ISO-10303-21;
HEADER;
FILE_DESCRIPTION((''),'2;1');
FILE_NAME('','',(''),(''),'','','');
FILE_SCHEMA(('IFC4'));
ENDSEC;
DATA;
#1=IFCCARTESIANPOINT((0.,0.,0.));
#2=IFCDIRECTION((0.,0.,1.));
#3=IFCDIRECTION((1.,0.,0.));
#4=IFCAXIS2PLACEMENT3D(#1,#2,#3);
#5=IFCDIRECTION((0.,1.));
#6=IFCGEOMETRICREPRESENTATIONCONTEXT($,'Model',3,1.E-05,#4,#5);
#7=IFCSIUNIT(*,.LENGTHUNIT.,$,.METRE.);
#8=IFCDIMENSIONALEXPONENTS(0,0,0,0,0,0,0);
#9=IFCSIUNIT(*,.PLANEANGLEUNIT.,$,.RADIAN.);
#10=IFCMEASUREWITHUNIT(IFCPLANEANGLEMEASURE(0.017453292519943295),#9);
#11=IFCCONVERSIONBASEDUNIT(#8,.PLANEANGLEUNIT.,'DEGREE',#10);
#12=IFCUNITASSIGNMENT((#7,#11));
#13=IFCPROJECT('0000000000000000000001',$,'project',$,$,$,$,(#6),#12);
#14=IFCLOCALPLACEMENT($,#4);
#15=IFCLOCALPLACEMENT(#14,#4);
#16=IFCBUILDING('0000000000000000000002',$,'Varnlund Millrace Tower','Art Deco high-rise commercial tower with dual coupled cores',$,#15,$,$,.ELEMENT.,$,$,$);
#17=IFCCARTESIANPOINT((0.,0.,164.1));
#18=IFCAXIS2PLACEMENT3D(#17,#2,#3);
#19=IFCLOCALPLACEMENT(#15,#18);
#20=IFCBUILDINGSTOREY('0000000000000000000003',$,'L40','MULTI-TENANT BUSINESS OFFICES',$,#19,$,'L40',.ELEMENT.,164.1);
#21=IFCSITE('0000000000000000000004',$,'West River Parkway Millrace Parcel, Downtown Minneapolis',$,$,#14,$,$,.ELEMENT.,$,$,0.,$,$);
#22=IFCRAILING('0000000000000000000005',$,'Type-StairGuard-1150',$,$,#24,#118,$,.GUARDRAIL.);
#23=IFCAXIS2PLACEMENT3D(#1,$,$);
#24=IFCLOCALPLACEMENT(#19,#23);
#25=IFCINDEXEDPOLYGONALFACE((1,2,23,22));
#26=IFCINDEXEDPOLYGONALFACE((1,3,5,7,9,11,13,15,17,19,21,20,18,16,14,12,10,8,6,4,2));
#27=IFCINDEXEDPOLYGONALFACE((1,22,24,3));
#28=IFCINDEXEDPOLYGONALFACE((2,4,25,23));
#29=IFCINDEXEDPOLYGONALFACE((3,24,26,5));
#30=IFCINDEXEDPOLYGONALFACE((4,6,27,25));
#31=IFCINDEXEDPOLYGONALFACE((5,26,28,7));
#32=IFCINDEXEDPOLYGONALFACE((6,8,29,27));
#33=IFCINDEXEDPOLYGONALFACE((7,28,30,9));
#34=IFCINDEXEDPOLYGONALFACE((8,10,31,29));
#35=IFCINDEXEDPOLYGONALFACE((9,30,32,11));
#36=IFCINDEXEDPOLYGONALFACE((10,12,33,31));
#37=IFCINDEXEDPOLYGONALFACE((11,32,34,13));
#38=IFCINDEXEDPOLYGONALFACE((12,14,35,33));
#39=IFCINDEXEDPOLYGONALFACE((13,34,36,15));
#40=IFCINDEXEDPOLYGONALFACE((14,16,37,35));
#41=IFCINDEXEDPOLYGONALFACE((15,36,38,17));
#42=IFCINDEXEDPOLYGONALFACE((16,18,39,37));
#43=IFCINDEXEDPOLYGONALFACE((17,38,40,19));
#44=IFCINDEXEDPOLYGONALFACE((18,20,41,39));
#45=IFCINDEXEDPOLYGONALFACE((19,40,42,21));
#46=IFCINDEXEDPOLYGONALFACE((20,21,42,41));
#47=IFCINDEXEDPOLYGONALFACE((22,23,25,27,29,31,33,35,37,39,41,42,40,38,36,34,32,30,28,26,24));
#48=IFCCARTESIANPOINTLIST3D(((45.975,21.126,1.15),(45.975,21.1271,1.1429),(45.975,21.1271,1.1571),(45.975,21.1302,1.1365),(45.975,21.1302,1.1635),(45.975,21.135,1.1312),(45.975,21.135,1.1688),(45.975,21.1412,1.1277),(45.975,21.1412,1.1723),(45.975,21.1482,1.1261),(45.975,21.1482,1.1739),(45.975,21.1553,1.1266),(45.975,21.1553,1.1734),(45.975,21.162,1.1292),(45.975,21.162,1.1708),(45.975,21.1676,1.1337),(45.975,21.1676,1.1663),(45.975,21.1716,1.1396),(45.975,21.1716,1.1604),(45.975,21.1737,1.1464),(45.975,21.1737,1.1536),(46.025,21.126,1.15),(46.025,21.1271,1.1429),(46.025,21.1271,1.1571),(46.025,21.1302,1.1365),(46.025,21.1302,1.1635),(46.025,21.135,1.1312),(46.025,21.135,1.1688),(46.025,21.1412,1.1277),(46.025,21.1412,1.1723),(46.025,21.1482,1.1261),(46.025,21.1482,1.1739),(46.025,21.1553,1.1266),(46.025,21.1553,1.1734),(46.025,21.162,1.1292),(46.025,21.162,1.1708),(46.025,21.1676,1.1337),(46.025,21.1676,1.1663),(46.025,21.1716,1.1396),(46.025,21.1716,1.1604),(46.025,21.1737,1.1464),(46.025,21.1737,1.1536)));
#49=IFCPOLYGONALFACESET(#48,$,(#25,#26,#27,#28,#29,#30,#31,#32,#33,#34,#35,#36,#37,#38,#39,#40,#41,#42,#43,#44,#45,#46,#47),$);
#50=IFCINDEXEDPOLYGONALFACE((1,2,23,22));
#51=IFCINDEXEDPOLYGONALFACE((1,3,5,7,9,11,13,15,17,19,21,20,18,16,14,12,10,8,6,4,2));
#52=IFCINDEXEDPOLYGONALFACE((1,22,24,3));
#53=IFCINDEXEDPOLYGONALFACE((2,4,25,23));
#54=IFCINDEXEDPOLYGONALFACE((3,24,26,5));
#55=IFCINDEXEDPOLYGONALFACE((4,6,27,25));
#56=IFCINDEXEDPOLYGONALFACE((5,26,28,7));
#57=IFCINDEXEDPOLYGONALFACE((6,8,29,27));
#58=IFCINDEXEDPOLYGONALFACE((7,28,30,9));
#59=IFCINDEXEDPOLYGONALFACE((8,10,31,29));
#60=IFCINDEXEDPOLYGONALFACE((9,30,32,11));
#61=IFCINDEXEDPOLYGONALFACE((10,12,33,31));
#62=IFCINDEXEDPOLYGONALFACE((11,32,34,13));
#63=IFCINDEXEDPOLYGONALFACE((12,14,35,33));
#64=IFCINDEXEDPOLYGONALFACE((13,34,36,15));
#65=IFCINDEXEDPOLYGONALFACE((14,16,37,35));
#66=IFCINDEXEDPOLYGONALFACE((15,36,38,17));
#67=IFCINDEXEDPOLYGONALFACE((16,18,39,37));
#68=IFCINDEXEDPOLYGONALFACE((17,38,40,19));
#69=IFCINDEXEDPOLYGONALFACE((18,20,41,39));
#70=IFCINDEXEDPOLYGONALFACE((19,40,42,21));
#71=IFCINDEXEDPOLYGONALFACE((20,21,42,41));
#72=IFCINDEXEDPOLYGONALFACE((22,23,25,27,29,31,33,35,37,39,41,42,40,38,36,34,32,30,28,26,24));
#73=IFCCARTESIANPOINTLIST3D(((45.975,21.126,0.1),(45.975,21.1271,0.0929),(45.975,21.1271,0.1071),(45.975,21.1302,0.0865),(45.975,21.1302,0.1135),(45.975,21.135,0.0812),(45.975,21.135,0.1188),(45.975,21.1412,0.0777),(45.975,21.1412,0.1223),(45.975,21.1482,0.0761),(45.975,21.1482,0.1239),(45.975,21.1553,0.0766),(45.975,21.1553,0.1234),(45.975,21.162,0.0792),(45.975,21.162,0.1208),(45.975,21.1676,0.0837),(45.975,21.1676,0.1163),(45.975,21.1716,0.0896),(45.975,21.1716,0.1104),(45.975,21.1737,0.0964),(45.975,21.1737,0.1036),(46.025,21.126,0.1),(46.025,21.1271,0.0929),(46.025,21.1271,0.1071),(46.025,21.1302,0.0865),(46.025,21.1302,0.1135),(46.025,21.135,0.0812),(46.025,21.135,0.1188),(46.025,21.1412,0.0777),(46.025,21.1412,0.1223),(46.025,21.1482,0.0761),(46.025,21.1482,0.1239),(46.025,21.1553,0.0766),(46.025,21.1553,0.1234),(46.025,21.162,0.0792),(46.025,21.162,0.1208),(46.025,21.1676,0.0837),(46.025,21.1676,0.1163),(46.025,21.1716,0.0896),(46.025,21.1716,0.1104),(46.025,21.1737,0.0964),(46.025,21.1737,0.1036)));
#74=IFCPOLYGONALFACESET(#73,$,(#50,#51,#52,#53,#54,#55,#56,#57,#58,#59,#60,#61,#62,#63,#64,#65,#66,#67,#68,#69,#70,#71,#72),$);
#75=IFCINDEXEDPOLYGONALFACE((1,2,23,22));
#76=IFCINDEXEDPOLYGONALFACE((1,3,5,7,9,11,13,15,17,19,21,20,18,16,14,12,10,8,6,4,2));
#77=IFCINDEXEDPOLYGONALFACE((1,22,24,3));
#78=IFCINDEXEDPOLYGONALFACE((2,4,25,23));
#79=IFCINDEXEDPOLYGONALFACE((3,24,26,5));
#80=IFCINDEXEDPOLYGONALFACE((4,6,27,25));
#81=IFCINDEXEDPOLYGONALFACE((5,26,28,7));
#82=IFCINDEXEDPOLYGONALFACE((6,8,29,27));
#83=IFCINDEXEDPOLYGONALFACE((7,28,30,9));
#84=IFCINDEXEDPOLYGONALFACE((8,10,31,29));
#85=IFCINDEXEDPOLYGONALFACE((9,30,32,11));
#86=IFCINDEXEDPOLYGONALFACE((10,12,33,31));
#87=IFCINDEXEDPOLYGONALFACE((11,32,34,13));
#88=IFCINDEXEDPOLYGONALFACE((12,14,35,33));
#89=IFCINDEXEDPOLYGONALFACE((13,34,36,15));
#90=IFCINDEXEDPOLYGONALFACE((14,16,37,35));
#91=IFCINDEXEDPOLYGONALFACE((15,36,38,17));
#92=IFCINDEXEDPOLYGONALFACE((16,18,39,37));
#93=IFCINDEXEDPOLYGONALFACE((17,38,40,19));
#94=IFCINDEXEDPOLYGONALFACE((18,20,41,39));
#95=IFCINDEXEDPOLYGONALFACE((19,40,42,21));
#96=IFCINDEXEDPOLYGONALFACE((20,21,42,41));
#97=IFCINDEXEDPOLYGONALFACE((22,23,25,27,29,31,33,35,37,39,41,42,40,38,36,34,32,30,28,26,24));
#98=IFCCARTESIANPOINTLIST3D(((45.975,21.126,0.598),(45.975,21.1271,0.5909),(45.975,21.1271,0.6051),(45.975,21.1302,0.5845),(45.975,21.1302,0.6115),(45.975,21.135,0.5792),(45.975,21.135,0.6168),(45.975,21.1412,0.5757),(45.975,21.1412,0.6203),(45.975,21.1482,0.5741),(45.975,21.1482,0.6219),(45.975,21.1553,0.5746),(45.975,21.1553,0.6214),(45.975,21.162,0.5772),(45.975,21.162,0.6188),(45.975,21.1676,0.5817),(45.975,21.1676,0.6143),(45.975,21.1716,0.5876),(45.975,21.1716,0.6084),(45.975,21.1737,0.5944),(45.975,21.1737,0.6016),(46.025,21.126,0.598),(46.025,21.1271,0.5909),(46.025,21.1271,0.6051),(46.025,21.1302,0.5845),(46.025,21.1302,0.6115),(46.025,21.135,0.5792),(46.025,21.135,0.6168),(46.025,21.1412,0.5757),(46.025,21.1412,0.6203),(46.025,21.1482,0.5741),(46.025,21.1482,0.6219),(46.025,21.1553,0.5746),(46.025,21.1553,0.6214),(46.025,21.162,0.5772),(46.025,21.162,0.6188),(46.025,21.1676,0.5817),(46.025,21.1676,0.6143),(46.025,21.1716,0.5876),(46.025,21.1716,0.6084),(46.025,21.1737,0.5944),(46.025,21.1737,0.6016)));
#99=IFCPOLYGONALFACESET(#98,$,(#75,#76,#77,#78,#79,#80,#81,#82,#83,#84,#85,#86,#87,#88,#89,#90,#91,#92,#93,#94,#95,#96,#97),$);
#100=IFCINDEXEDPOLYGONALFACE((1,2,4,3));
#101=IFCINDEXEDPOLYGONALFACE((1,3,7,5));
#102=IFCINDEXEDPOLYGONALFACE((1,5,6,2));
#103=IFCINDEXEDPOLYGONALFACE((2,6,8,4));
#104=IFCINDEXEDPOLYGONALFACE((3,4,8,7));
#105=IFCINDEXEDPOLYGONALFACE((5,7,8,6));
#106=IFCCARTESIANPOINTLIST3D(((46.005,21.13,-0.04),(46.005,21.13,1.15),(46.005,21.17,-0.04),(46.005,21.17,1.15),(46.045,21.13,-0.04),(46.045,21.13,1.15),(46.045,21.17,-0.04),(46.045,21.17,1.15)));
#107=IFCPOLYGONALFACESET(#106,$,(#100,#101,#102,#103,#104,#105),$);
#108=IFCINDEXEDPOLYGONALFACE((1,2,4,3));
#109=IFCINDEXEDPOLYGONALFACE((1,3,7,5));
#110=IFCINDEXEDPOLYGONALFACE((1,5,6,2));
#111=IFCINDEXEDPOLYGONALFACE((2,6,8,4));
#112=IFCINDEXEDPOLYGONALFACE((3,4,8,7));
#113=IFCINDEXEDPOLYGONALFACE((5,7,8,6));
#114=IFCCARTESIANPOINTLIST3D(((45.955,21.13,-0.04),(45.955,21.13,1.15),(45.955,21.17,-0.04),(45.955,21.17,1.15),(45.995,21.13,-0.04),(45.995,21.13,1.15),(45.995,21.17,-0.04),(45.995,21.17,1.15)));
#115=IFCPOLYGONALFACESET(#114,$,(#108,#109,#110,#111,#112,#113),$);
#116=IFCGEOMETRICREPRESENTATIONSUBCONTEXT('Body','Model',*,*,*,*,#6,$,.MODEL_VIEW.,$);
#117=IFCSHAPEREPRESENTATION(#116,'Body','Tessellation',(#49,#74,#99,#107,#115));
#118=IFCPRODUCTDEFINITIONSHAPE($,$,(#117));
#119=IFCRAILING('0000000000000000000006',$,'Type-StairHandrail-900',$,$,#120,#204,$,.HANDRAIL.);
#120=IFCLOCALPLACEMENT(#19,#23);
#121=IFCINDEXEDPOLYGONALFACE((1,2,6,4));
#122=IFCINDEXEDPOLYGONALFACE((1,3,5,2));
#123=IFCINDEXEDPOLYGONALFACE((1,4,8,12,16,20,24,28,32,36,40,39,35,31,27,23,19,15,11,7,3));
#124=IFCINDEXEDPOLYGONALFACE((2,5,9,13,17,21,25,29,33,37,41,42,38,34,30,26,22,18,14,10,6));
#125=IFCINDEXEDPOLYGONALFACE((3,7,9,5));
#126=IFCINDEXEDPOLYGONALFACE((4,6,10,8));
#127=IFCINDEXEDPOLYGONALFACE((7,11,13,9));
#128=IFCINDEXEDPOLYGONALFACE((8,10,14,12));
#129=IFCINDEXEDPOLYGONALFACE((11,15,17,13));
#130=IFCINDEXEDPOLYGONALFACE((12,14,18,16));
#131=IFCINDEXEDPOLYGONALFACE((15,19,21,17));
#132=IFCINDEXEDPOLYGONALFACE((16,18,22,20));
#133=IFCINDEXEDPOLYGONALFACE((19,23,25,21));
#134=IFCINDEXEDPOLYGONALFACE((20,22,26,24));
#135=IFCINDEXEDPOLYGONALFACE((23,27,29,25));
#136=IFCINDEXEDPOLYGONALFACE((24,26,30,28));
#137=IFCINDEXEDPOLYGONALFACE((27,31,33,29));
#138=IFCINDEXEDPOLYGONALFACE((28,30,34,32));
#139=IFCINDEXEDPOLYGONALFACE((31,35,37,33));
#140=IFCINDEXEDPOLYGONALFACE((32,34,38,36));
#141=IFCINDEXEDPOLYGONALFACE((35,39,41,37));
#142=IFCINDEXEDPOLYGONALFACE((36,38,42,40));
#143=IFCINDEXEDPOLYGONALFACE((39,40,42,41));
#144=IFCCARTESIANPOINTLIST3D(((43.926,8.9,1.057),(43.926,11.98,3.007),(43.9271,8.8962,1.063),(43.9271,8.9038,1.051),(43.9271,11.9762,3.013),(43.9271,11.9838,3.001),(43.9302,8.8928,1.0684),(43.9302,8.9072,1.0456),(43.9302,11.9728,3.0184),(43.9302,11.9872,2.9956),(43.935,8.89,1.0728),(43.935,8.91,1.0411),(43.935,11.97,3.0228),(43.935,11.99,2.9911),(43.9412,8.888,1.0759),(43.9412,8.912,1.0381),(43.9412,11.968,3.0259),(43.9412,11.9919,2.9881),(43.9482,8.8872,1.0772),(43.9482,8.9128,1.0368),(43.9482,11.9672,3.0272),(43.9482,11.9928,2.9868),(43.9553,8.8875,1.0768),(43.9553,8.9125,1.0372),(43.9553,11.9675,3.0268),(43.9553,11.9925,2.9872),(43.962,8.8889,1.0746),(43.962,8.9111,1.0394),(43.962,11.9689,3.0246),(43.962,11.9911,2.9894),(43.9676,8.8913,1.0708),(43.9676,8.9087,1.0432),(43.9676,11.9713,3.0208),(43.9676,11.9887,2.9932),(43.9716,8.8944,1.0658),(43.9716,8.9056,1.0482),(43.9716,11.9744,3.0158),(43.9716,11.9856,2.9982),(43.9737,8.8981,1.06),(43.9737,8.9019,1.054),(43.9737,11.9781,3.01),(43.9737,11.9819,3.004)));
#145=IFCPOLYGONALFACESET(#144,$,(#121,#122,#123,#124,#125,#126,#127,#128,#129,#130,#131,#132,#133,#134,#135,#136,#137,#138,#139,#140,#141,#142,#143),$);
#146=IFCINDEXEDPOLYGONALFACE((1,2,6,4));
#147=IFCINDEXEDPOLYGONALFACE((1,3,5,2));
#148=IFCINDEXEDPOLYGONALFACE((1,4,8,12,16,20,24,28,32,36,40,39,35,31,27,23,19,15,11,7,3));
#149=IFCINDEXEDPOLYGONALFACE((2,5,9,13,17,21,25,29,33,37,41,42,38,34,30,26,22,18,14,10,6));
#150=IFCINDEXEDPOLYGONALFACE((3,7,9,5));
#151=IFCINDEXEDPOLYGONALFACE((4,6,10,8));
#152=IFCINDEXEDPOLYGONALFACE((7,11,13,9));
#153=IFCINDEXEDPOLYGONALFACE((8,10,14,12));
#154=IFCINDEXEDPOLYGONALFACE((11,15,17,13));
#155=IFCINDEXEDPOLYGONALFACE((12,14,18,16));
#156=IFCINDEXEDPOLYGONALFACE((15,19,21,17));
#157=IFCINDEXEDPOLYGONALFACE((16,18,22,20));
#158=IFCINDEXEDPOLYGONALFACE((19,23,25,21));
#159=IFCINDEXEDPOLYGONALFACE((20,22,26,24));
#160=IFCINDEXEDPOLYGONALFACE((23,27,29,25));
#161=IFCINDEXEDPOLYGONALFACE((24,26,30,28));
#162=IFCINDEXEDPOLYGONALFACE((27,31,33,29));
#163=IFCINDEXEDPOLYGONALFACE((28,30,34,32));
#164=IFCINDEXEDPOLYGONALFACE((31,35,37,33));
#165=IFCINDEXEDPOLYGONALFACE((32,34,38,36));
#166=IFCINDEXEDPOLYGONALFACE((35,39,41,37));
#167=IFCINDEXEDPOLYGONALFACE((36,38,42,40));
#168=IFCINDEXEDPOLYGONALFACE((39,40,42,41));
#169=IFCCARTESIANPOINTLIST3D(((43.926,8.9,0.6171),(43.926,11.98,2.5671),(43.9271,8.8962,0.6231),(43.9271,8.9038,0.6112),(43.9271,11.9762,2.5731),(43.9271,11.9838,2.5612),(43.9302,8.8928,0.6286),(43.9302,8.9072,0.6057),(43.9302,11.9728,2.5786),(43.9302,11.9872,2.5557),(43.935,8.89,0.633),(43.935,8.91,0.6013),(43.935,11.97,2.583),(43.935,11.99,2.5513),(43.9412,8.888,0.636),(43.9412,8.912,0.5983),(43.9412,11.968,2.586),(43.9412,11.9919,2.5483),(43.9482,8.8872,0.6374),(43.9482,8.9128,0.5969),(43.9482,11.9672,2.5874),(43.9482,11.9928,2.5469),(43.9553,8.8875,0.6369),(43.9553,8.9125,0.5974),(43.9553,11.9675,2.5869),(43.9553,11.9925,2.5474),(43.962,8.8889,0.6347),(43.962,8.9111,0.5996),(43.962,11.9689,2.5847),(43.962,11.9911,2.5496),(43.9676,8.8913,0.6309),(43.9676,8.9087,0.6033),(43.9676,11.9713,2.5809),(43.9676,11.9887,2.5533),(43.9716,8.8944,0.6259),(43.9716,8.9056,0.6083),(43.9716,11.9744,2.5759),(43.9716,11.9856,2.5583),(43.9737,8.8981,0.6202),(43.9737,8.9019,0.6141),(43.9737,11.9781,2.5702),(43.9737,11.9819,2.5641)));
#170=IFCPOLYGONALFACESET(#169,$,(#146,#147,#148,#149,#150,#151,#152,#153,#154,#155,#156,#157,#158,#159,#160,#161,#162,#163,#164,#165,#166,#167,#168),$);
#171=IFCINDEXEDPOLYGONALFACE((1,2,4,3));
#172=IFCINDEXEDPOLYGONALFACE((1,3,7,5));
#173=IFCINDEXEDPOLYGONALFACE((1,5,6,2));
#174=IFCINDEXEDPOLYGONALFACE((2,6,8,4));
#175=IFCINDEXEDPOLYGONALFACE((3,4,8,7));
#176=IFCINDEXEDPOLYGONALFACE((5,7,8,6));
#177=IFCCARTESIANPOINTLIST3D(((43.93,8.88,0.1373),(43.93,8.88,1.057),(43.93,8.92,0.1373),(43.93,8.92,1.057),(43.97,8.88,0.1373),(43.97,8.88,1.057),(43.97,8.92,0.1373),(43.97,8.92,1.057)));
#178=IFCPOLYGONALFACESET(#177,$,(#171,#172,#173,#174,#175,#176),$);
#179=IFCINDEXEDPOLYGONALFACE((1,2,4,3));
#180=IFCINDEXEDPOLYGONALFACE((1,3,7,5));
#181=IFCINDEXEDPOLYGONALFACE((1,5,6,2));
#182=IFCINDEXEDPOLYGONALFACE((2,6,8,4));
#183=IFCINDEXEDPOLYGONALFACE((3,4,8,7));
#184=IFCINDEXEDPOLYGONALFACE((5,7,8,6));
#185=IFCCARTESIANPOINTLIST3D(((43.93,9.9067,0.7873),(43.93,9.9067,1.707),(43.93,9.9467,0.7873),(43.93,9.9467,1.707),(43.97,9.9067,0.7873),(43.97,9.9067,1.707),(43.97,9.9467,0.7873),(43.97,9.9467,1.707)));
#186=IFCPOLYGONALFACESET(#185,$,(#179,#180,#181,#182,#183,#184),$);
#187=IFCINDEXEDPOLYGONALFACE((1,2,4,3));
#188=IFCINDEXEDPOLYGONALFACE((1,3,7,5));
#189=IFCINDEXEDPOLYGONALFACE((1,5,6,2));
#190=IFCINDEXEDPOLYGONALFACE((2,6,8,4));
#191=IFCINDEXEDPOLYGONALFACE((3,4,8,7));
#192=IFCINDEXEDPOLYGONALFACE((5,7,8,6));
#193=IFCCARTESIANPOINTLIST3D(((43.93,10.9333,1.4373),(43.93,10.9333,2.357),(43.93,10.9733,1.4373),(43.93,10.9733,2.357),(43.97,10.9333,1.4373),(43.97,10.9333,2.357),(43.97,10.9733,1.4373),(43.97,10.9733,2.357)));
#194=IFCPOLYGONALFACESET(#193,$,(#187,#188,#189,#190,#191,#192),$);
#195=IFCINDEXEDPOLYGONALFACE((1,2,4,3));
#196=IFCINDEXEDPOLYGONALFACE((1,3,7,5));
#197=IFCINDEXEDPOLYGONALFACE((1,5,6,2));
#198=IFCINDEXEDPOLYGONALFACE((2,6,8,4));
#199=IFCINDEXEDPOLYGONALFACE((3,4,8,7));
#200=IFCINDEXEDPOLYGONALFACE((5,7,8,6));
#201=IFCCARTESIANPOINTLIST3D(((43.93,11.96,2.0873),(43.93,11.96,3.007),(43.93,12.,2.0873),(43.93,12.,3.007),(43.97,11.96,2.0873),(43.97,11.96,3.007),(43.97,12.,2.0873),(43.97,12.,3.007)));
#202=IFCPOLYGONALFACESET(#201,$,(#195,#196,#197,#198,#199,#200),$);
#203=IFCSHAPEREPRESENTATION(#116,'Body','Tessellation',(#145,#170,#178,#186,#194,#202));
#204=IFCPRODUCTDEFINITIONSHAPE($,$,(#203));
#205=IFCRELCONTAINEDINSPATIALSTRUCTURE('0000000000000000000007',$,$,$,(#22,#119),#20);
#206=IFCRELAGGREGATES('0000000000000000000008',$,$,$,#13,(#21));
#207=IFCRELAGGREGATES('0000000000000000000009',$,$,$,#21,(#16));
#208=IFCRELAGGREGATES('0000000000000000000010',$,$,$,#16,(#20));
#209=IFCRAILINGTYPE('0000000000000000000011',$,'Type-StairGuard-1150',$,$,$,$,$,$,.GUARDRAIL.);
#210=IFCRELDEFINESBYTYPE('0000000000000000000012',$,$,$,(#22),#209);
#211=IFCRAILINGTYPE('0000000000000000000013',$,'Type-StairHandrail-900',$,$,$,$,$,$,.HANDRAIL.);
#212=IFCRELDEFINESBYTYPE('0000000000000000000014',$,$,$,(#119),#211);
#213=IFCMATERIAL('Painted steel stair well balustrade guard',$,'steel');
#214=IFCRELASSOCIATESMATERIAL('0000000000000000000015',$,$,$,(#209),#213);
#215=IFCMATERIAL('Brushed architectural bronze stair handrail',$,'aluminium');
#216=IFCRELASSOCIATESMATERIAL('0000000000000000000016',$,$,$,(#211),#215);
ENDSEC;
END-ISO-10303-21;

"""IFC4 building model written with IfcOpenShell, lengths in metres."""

from ifc_helpers import new_model, entity, si_unit, converted_unit, direction, frame, origin_with_axes, origin_2d_with_axis, place, context, subcontext, project, spatial, rectangle, circle, extrude, material, type_object, element, save


model = new_model("IFC4")

# Units and contexts
model_context = context("Model", 3, precision=1e-05, world=origin_with_axes(), true_north=direction((0.0, 1.0)))
body_context = subcontext(model_context, "Body", "Model", "MODEL_VIEW")
ifc_project = project(units=[si_unit("LENGTHUNIT", "METRE"), converted_unit("PLANEANGLEUNIT", "DEGREE", entity("IfcPlaneAngleMeasure", 0.017453292519943295), si_unit("PLANEANGLEUNIT", "RADIAN"), dimensions=[0, 0, 0, 0, 0, 0, 0])], contexts=[model_context])

# Site, building, storey
site_placement = place(None, origin_with_axes())
site = spatial("IfcSite", under=ifc_project, at=site_placement, Name="West River Parkway Millrace Parcel, Downtown Minneapolis", CompositionType="ELEMENT", RefElevation=0.0)
building_placement = place(site_placement, origin_with_axes())
building = spatial("IfcBuilding", under=site, at=building_placement, Name="Varnlund Millrace Tower", Description="Art Deco high-rise commercial tower with dual coupled cores", CompositionType="ELEMENT")
storey_placement = place(building_placement, frame((0.0, 0.0, 164.1), z_axis=(0.0, 0.0, 1.0), x_axis=(1.0, 0.0, 0.0)))
storey = spatial("IfcBuildingStorey", under=building, at=storey_placement, Name="L40", Description="MULTI-TENANT BUSINESS OFFICES", LongName="L40", CompositionType="ELEMENT", Elevation=164.1)

# Railings
ifc_material_1 = material(Name="Painted steel stair well balustrade guard", Category="steel")
railing_type_1 = type_object("IfcRailingType", Name="Type-StairGuard-1150", PredefinedType="GUARDRAIL", material=ifc_material_1)
railing_1_placement = place(storey_placement, frame((0.0, 0.0, -164.1), z_axis=(0.0, 0.0, 1.0), x_axis=(1.0, 0.0, 0.0)))
element("IfcRailing", 1, at=railing_1_placement, inside=storey, type_object=railing_type_1, Name="Type-StairGuard-1150", PredefinedType="GUARDRAIL", context=body_context, shape_type="SweptSolid", body=[
    extrude(circle(Radius=0.024, at=origin_2d_with_axis()), frame((46.025, 21.15, 165.25), z_axis=(-1.0, 0.0, 0.0), x_axis=(0.0, -1.0, 0.0)), (0.0, 0.0, 1.0), 0.05),
    extrude(circle(Radius=0.024, at=origin_2d_with_axis()), frame((46.025, 21.15, 164.2), z_axis=(-1.0, 0.0, 0.0), x_axis=(0.0, -1.0, 0.0)), (0.0, 0.0, 1.0), 0.05),
    extrude(circle(Radius=0.024, at=origin_2d_with_axis()), frame((46.025, 21.15, 164.698), z_axis=(-1.0, 0.0, 0.0), x_axis=(0.0, -1.0, 0.0)), (0.0, 0.0, 1.0), 0.05),
    extrude(rectangle(XDim=0.04, YDim=0.04, at=origin_2d_with_axis()), frame((46.025, 21.15, 164.06), z_axis=(0.0, 0.0, 1.0), x_axis=(1.0, 0.0, 0.0)), (0.0, 0.0, 1.0), 1.19),
    extrude(rectangle(XDim=0.04, YDim=0.04, at=origin_2d_with_axis()), frame((45.975, 21.15, 164.06), z_axis=(0.0, 0.0, 1.0), x_axis=(1.0, 0.0, 0.0)), (0.0, 0.0, 1.0), 1.19),
])
ifc_material_2 = material(Name="Brushed architectural bronze stair handrail", Category="aluminium")
railing_type_2 = type_object("IfcRailingType", Name="Type-StairHandrail-900", PredefinedType="HANDRAIL", material=ifc_material_2)
railing_2_placement = place(storey_placement, frame((0.0, 0.0, -164.1), z_axis=(0.0, 0.0, 1.0), x_axis=(1.0, 0.0, 0.0)))
element("IfcRailing", 2, at=railing_2_placement, inside=storey, type_object=railing_type_2, Name="Type-StairHandrail-900", PredefinedType="HANDRAIL", context=body_context, shape_type="SweptSolid", body=[
    extrude(circle(Radius=0.024, at=origin_2d_with_axis()), frame((43.95, 8.9, 165.157), z_axis=(0.0, 0.844902, 0.534922), x_axis=(-1.0, 0.0, 0.0)), (0.0, 0.0, 1.0), 3.6454),
    extrude(circle(Radius=0.024, at=origin_2d_with_axis()), frame((43.95, 8.9, 164.7171), z_axis=(0.0, 0.844902, 0.534922), x_axis=(-1.0, 0.0, 0.0)), (0.0, 0.0, 1.0), 3.6454),
    extrude(rectangle(XDim=0.04, YDim=0.04, at=origin_2d_with_axis()), frame((43.95, 8.9, 164.2373), z_axis=(0.0, 0.0, 1.0), x_axis=(1.0, 0.0, 0.0)), (0.0, 0.0, 1.0), 0.9197),
    extrude(rectangle(XDim=0.04, YDim=0.04, at=origin_2d_with_axis()), frame((43.95, 9.9267, 164.8873), z_axis=(0.0, 0.0, 1.0), x_axis=(1.0, 0.0, 0.0)), (0.0, 0.0, 1.0), 0.9197),
    extrude(rectangle(XDim=0.04, YDim=0.04, at=origin_2d_with_axis()), frame((43.95, 10.9533, 165.5373), z_axis=(0.0, 0.0, 1.0), x_axis=(1.0, 0.0, 0.0)), (0.0, 0.0, 1.0), 0.9197),
    extrude(rectangle(XDim=0.04, YDim=0.04, at=origin_2d_with_axis()), frame((43.95, 11.98, 166.1873), z_axis=(0.0, 0.0, 1.0), x_axis=(1.0, 0.0, 0.0)), (0.0, 0.0, 1.0), 0.9197),
])

save(model, "model.ifc")
